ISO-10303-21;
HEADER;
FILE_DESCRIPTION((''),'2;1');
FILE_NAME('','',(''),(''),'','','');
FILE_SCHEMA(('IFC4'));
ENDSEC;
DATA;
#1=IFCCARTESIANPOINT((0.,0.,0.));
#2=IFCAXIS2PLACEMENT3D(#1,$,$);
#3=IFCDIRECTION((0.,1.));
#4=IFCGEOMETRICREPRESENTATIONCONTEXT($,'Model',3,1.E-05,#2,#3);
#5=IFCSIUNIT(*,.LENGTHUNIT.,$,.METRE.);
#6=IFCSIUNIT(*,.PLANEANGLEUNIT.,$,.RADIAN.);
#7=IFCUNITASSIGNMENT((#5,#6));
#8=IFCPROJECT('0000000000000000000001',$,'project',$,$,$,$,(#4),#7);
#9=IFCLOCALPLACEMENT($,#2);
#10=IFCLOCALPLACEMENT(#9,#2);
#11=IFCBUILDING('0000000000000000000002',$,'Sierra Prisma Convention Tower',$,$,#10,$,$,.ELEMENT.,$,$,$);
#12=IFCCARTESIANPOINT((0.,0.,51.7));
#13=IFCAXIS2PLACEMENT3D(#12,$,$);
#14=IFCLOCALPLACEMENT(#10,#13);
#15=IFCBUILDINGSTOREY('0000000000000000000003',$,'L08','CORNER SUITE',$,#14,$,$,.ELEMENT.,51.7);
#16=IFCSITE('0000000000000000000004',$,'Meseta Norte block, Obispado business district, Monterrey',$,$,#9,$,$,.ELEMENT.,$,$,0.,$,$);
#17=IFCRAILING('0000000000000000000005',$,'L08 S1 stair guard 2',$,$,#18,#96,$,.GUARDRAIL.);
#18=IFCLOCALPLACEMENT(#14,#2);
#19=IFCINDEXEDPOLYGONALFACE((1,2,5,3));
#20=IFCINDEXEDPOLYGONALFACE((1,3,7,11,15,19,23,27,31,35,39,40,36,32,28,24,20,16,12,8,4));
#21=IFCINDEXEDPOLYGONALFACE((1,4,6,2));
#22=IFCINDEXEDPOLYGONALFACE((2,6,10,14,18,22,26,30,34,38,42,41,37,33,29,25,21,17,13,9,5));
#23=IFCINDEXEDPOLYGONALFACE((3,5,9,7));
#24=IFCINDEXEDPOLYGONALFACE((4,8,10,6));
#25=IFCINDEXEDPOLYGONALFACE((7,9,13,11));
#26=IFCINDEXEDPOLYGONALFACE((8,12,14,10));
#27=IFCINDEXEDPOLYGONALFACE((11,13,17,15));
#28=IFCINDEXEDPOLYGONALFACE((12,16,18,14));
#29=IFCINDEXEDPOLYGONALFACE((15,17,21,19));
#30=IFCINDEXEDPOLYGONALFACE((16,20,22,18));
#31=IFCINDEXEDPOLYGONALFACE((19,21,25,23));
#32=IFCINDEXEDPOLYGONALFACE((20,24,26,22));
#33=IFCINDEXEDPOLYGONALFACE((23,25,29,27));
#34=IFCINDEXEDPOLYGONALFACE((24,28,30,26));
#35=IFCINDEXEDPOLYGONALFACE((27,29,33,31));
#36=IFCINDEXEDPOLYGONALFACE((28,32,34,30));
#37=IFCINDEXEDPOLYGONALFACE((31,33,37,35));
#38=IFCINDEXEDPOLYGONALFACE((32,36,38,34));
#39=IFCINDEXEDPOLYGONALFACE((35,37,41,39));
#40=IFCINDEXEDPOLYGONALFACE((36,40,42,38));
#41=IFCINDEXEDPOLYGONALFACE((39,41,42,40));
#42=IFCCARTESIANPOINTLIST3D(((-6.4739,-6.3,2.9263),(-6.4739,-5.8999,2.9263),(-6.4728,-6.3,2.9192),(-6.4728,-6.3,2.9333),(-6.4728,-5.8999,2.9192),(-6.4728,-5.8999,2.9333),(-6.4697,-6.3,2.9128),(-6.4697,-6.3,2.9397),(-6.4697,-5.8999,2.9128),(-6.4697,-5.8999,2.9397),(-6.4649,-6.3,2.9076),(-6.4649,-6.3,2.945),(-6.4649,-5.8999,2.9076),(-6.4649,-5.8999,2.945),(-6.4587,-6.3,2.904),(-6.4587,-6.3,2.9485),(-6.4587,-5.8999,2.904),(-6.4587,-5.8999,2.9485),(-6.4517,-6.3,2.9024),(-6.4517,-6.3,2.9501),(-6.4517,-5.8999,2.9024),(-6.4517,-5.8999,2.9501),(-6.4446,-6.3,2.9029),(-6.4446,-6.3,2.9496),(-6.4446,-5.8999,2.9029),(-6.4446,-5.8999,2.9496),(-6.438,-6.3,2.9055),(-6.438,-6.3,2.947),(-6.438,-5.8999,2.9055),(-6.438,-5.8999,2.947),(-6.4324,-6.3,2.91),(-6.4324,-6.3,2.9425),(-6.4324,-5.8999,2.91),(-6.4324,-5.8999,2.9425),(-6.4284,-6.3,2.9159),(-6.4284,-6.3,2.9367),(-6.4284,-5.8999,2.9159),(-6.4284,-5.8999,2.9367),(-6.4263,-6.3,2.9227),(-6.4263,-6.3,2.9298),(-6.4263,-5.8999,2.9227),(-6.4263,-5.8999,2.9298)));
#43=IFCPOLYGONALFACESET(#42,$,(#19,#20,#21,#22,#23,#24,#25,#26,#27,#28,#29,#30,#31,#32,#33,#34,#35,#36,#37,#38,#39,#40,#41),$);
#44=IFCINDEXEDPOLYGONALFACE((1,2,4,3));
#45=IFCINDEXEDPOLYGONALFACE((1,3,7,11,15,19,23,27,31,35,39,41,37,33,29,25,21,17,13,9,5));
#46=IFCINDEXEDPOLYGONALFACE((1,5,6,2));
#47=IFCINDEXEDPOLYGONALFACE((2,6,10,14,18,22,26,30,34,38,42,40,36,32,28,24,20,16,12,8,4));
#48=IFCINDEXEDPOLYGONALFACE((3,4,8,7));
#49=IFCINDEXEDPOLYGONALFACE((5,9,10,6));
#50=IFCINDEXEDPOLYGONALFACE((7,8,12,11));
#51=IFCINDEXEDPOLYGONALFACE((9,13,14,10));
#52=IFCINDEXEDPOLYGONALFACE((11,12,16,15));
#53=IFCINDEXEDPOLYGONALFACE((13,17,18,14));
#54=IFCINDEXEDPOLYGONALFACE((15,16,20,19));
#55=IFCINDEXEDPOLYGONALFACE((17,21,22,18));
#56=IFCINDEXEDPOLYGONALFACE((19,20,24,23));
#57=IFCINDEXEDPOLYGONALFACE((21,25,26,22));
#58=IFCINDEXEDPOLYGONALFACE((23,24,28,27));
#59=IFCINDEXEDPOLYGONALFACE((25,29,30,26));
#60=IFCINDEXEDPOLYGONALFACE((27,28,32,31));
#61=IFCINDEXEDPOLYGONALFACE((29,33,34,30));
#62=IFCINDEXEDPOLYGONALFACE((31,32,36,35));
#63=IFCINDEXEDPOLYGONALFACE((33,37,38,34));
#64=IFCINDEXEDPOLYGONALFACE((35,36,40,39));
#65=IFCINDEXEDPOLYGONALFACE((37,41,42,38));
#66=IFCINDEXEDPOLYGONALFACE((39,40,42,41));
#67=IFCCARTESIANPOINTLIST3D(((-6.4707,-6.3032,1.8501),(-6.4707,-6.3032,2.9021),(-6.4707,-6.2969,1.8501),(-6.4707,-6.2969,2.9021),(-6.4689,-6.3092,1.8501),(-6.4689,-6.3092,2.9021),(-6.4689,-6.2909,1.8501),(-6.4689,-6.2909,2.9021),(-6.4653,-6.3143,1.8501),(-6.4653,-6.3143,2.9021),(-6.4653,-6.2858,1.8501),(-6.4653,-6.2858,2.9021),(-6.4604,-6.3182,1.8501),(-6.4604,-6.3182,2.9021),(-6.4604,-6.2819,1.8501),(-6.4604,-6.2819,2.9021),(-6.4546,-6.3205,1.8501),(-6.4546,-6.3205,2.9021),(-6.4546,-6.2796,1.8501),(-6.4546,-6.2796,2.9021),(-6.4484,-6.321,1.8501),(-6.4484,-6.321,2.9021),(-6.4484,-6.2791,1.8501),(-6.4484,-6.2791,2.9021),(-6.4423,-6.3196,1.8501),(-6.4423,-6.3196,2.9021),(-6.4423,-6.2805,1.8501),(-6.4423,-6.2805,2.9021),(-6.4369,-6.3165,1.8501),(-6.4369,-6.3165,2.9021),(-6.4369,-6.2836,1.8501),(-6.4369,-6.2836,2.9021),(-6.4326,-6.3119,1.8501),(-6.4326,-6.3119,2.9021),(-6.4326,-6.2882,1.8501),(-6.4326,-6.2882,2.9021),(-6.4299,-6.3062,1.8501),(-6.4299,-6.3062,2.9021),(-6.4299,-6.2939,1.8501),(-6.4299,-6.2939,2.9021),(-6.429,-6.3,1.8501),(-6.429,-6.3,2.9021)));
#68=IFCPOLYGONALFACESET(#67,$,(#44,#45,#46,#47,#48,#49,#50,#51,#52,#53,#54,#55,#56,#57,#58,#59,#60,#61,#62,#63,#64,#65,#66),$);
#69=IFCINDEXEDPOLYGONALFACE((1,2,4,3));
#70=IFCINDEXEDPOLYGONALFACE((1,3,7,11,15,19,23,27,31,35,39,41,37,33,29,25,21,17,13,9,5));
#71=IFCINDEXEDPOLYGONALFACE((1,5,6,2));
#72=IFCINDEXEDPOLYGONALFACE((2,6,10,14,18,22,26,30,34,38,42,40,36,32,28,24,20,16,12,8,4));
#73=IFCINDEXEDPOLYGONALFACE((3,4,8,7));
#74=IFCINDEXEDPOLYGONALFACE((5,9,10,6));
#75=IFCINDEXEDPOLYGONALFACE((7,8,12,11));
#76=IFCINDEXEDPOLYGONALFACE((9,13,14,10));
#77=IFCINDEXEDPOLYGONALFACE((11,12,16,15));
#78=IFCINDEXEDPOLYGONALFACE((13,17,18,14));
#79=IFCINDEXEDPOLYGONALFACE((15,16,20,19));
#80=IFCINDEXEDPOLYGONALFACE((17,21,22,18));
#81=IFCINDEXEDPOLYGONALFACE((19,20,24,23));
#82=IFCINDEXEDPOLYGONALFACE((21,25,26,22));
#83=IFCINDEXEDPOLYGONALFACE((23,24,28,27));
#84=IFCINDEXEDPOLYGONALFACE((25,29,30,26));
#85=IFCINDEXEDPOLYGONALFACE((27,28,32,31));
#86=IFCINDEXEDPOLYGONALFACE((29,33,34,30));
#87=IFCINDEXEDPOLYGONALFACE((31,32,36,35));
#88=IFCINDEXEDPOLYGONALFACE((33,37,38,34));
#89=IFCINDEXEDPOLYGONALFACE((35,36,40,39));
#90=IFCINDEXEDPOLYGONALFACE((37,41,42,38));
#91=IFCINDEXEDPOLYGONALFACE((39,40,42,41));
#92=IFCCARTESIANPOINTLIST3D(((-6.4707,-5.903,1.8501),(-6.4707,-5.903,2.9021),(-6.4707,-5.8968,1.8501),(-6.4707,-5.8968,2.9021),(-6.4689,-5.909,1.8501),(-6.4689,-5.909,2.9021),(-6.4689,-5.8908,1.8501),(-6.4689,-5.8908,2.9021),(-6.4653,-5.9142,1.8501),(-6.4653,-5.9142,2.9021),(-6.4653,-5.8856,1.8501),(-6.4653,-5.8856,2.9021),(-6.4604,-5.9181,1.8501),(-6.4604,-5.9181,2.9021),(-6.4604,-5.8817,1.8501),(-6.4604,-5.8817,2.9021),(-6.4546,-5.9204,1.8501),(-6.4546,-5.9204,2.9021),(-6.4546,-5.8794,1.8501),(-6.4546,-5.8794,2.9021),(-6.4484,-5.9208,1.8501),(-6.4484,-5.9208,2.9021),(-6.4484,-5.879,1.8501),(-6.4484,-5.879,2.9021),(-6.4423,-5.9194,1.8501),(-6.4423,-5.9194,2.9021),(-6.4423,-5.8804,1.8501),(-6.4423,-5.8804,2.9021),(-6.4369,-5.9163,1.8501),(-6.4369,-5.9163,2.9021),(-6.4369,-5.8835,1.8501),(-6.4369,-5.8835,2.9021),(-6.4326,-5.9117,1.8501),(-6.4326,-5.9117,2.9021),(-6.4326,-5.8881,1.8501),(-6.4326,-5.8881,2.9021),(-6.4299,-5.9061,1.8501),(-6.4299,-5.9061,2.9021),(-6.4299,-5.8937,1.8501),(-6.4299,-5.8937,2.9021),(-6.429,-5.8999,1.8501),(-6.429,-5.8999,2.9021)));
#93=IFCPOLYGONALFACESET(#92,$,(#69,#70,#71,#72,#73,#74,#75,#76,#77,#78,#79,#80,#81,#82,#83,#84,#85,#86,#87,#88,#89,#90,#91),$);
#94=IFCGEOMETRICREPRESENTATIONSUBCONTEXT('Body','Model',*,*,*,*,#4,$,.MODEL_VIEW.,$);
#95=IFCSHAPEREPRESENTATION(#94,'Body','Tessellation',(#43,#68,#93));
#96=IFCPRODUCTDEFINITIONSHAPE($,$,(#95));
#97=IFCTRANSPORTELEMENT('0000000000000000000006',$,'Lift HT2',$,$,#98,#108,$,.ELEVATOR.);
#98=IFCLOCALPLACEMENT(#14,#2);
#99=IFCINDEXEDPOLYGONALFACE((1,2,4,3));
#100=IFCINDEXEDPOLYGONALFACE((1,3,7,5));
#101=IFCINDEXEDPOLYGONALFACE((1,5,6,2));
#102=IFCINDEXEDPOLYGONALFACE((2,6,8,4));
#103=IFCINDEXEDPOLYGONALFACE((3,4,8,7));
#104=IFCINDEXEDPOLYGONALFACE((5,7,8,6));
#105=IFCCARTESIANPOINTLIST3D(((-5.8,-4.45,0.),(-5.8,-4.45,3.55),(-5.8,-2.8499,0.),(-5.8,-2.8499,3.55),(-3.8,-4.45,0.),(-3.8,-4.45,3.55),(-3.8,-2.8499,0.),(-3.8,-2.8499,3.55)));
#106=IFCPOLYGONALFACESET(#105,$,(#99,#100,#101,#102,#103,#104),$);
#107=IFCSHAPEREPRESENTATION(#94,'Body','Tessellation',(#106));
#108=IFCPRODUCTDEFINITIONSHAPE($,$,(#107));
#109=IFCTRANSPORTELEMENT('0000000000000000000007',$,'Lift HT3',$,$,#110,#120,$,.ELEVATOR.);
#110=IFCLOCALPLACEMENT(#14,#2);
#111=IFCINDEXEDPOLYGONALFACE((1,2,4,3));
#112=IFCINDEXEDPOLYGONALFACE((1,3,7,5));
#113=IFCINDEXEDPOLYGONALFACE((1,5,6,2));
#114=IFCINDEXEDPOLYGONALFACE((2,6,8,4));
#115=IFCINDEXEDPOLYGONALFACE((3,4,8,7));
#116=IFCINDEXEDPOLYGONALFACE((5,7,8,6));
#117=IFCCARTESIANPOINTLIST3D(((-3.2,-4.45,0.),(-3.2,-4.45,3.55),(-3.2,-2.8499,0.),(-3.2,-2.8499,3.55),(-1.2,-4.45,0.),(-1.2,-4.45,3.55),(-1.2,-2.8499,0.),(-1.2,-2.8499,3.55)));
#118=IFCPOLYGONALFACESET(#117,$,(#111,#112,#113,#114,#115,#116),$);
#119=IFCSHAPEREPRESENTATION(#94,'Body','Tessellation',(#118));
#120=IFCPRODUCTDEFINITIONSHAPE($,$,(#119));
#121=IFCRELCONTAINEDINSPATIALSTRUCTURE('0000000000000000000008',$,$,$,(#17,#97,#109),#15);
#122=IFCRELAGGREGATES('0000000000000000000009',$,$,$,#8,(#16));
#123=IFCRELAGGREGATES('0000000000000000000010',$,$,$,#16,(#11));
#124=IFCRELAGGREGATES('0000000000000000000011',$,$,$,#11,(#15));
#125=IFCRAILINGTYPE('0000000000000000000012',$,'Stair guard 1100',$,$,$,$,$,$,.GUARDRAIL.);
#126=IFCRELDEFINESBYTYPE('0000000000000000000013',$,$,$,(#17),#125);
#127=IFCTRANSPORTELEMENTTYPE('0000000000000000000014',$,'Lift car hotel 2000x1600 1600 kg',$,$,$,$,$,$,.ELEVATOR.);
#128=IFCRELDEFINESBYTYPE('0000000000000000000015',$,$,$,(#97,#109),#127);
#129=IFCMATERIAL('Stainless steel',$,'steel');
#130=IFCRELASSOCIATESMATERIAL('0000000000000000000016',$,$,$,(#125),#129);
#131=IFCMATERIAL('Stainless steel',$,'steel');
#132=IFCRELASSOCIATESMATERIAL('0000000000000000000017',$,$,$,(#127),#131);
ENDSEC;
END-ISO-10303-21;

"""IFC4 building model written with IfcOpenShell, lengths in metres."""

from ifc_helpers import new_model, si_unit, direction, frame, origin, origin_2d, place, context, subcontext, project, spatial, rectangle, circle, extrude, material, type_object, element, save


model = new_model("IFC4")

# Units and contexts
model_context = context("Model", 3, precision=1e-05, world=origin(), true_north=direction((0.0, 1.0)))
body_context = subcontext(model_context, "Body", "Model", "MODEL_VIEW")
ifc_project = project(units=[si_unit("LENGTHUNIT", "METRE"), si_unit("PLANEANGLEUNIT", "RADIAN")], contexts=[model_context])

# Site, building, storey
site_placement = place(None, origin())
site = spatial("IfcSite", under=ifc_project, at=site_placement, Name="Meseta Norte block, Obispado business district, Monterrey", CompositionType="ELEMENT", RefElevation=0.0)
building_placement = place(site_placement, origin())
building = spatial("IfcBuilding", under=site, at=building_placement, Name="Sierra Prisma Convention Tower", CompositionType="ELEMENT")
storey_placement = place(building_placement, frame((0.0, 0.0, 51.7)))
storey = spatial("IfcBuildingStorey", under=building, at=storey_placement, Name="L08", Description="CORNER SUITE", CompositionType="ELEMENT", Elevation=51.7)

# Railing
ifc_material_1 = material(Name="Stainless steel", Category="steel")
railing_type_1 = type_object("IfcRailingType", Name="Stair guard 1100", PredefinedType="GUARDRAIL", material=ifc_material_1)
railing_1_placement = place(storey_placement, frame((-6.45, -6.3, 1.8501)))
element("IfcRailing", 1, at=railing_1_placement, inside=storey, type_object=railing_type_1, Name="L08 S1 stair guard 2", PredefinedType="GUARDRAIL", context=body_context, shape_type="SweptSolid", body=[
    extrude(circle(Radius=0.0239, at=origin_2d()), frame((0.0, 0.0, 1.0762), z_axis=(0.0, 1.0, 0.0), x_axis=(-1.0, 0.0, 0.0)), (0.0, 0.0, 1.0), 0.4001),
    extrude(circle(Radius=0.021, at=origin_2d()), origin(), (0.0, 0.0, 1.0), 1.052),
    extrude(circle(Radius=0.021, at=origin_2d()), frame((0.0, 0.4001, 0.0)), (0.0, 0.0, 1.0), 1.052),
])

# Transport elements
ifc_material_2 = material(Name="Stainless steel", Category="steel")
transport_element_type = type_object("IfcTransportElementType", Name="Lift car hotel 2000x1600 1600 kg", PredefinedType="ELEVATOR", material=ifc_material_2)
for number, where, z_axis, x_axis, name in (
    (2, (-4.8, -3.6499, 0.0), (0.0, 0.0, 1.0), (1.0, 0.0, 0.0), "Lift HT2"),
    (3, (-2.2, -3.6499, 0.0), (0.0, 0.0, 1.0), (1.0, 0.0, 0.0), "Lift HT3"),
):
    element("IfcTransportElement", number, at=place(storey_placement, frame(where, z_axis=z_axis, x_axis=x_axis)), inside=storey, type_object=transport_element_type, Name=name, PredefinedType="ELEVATOR", context=body_context, shape_type="SweptSolid", body=[
        extrude(rectangle(XDim=2.0, YDim=1.6001, at=origin_2d()), origin(), (0.0, 0.0, 1.0), 3.55),
    ])

save(model, "model.ifc")
